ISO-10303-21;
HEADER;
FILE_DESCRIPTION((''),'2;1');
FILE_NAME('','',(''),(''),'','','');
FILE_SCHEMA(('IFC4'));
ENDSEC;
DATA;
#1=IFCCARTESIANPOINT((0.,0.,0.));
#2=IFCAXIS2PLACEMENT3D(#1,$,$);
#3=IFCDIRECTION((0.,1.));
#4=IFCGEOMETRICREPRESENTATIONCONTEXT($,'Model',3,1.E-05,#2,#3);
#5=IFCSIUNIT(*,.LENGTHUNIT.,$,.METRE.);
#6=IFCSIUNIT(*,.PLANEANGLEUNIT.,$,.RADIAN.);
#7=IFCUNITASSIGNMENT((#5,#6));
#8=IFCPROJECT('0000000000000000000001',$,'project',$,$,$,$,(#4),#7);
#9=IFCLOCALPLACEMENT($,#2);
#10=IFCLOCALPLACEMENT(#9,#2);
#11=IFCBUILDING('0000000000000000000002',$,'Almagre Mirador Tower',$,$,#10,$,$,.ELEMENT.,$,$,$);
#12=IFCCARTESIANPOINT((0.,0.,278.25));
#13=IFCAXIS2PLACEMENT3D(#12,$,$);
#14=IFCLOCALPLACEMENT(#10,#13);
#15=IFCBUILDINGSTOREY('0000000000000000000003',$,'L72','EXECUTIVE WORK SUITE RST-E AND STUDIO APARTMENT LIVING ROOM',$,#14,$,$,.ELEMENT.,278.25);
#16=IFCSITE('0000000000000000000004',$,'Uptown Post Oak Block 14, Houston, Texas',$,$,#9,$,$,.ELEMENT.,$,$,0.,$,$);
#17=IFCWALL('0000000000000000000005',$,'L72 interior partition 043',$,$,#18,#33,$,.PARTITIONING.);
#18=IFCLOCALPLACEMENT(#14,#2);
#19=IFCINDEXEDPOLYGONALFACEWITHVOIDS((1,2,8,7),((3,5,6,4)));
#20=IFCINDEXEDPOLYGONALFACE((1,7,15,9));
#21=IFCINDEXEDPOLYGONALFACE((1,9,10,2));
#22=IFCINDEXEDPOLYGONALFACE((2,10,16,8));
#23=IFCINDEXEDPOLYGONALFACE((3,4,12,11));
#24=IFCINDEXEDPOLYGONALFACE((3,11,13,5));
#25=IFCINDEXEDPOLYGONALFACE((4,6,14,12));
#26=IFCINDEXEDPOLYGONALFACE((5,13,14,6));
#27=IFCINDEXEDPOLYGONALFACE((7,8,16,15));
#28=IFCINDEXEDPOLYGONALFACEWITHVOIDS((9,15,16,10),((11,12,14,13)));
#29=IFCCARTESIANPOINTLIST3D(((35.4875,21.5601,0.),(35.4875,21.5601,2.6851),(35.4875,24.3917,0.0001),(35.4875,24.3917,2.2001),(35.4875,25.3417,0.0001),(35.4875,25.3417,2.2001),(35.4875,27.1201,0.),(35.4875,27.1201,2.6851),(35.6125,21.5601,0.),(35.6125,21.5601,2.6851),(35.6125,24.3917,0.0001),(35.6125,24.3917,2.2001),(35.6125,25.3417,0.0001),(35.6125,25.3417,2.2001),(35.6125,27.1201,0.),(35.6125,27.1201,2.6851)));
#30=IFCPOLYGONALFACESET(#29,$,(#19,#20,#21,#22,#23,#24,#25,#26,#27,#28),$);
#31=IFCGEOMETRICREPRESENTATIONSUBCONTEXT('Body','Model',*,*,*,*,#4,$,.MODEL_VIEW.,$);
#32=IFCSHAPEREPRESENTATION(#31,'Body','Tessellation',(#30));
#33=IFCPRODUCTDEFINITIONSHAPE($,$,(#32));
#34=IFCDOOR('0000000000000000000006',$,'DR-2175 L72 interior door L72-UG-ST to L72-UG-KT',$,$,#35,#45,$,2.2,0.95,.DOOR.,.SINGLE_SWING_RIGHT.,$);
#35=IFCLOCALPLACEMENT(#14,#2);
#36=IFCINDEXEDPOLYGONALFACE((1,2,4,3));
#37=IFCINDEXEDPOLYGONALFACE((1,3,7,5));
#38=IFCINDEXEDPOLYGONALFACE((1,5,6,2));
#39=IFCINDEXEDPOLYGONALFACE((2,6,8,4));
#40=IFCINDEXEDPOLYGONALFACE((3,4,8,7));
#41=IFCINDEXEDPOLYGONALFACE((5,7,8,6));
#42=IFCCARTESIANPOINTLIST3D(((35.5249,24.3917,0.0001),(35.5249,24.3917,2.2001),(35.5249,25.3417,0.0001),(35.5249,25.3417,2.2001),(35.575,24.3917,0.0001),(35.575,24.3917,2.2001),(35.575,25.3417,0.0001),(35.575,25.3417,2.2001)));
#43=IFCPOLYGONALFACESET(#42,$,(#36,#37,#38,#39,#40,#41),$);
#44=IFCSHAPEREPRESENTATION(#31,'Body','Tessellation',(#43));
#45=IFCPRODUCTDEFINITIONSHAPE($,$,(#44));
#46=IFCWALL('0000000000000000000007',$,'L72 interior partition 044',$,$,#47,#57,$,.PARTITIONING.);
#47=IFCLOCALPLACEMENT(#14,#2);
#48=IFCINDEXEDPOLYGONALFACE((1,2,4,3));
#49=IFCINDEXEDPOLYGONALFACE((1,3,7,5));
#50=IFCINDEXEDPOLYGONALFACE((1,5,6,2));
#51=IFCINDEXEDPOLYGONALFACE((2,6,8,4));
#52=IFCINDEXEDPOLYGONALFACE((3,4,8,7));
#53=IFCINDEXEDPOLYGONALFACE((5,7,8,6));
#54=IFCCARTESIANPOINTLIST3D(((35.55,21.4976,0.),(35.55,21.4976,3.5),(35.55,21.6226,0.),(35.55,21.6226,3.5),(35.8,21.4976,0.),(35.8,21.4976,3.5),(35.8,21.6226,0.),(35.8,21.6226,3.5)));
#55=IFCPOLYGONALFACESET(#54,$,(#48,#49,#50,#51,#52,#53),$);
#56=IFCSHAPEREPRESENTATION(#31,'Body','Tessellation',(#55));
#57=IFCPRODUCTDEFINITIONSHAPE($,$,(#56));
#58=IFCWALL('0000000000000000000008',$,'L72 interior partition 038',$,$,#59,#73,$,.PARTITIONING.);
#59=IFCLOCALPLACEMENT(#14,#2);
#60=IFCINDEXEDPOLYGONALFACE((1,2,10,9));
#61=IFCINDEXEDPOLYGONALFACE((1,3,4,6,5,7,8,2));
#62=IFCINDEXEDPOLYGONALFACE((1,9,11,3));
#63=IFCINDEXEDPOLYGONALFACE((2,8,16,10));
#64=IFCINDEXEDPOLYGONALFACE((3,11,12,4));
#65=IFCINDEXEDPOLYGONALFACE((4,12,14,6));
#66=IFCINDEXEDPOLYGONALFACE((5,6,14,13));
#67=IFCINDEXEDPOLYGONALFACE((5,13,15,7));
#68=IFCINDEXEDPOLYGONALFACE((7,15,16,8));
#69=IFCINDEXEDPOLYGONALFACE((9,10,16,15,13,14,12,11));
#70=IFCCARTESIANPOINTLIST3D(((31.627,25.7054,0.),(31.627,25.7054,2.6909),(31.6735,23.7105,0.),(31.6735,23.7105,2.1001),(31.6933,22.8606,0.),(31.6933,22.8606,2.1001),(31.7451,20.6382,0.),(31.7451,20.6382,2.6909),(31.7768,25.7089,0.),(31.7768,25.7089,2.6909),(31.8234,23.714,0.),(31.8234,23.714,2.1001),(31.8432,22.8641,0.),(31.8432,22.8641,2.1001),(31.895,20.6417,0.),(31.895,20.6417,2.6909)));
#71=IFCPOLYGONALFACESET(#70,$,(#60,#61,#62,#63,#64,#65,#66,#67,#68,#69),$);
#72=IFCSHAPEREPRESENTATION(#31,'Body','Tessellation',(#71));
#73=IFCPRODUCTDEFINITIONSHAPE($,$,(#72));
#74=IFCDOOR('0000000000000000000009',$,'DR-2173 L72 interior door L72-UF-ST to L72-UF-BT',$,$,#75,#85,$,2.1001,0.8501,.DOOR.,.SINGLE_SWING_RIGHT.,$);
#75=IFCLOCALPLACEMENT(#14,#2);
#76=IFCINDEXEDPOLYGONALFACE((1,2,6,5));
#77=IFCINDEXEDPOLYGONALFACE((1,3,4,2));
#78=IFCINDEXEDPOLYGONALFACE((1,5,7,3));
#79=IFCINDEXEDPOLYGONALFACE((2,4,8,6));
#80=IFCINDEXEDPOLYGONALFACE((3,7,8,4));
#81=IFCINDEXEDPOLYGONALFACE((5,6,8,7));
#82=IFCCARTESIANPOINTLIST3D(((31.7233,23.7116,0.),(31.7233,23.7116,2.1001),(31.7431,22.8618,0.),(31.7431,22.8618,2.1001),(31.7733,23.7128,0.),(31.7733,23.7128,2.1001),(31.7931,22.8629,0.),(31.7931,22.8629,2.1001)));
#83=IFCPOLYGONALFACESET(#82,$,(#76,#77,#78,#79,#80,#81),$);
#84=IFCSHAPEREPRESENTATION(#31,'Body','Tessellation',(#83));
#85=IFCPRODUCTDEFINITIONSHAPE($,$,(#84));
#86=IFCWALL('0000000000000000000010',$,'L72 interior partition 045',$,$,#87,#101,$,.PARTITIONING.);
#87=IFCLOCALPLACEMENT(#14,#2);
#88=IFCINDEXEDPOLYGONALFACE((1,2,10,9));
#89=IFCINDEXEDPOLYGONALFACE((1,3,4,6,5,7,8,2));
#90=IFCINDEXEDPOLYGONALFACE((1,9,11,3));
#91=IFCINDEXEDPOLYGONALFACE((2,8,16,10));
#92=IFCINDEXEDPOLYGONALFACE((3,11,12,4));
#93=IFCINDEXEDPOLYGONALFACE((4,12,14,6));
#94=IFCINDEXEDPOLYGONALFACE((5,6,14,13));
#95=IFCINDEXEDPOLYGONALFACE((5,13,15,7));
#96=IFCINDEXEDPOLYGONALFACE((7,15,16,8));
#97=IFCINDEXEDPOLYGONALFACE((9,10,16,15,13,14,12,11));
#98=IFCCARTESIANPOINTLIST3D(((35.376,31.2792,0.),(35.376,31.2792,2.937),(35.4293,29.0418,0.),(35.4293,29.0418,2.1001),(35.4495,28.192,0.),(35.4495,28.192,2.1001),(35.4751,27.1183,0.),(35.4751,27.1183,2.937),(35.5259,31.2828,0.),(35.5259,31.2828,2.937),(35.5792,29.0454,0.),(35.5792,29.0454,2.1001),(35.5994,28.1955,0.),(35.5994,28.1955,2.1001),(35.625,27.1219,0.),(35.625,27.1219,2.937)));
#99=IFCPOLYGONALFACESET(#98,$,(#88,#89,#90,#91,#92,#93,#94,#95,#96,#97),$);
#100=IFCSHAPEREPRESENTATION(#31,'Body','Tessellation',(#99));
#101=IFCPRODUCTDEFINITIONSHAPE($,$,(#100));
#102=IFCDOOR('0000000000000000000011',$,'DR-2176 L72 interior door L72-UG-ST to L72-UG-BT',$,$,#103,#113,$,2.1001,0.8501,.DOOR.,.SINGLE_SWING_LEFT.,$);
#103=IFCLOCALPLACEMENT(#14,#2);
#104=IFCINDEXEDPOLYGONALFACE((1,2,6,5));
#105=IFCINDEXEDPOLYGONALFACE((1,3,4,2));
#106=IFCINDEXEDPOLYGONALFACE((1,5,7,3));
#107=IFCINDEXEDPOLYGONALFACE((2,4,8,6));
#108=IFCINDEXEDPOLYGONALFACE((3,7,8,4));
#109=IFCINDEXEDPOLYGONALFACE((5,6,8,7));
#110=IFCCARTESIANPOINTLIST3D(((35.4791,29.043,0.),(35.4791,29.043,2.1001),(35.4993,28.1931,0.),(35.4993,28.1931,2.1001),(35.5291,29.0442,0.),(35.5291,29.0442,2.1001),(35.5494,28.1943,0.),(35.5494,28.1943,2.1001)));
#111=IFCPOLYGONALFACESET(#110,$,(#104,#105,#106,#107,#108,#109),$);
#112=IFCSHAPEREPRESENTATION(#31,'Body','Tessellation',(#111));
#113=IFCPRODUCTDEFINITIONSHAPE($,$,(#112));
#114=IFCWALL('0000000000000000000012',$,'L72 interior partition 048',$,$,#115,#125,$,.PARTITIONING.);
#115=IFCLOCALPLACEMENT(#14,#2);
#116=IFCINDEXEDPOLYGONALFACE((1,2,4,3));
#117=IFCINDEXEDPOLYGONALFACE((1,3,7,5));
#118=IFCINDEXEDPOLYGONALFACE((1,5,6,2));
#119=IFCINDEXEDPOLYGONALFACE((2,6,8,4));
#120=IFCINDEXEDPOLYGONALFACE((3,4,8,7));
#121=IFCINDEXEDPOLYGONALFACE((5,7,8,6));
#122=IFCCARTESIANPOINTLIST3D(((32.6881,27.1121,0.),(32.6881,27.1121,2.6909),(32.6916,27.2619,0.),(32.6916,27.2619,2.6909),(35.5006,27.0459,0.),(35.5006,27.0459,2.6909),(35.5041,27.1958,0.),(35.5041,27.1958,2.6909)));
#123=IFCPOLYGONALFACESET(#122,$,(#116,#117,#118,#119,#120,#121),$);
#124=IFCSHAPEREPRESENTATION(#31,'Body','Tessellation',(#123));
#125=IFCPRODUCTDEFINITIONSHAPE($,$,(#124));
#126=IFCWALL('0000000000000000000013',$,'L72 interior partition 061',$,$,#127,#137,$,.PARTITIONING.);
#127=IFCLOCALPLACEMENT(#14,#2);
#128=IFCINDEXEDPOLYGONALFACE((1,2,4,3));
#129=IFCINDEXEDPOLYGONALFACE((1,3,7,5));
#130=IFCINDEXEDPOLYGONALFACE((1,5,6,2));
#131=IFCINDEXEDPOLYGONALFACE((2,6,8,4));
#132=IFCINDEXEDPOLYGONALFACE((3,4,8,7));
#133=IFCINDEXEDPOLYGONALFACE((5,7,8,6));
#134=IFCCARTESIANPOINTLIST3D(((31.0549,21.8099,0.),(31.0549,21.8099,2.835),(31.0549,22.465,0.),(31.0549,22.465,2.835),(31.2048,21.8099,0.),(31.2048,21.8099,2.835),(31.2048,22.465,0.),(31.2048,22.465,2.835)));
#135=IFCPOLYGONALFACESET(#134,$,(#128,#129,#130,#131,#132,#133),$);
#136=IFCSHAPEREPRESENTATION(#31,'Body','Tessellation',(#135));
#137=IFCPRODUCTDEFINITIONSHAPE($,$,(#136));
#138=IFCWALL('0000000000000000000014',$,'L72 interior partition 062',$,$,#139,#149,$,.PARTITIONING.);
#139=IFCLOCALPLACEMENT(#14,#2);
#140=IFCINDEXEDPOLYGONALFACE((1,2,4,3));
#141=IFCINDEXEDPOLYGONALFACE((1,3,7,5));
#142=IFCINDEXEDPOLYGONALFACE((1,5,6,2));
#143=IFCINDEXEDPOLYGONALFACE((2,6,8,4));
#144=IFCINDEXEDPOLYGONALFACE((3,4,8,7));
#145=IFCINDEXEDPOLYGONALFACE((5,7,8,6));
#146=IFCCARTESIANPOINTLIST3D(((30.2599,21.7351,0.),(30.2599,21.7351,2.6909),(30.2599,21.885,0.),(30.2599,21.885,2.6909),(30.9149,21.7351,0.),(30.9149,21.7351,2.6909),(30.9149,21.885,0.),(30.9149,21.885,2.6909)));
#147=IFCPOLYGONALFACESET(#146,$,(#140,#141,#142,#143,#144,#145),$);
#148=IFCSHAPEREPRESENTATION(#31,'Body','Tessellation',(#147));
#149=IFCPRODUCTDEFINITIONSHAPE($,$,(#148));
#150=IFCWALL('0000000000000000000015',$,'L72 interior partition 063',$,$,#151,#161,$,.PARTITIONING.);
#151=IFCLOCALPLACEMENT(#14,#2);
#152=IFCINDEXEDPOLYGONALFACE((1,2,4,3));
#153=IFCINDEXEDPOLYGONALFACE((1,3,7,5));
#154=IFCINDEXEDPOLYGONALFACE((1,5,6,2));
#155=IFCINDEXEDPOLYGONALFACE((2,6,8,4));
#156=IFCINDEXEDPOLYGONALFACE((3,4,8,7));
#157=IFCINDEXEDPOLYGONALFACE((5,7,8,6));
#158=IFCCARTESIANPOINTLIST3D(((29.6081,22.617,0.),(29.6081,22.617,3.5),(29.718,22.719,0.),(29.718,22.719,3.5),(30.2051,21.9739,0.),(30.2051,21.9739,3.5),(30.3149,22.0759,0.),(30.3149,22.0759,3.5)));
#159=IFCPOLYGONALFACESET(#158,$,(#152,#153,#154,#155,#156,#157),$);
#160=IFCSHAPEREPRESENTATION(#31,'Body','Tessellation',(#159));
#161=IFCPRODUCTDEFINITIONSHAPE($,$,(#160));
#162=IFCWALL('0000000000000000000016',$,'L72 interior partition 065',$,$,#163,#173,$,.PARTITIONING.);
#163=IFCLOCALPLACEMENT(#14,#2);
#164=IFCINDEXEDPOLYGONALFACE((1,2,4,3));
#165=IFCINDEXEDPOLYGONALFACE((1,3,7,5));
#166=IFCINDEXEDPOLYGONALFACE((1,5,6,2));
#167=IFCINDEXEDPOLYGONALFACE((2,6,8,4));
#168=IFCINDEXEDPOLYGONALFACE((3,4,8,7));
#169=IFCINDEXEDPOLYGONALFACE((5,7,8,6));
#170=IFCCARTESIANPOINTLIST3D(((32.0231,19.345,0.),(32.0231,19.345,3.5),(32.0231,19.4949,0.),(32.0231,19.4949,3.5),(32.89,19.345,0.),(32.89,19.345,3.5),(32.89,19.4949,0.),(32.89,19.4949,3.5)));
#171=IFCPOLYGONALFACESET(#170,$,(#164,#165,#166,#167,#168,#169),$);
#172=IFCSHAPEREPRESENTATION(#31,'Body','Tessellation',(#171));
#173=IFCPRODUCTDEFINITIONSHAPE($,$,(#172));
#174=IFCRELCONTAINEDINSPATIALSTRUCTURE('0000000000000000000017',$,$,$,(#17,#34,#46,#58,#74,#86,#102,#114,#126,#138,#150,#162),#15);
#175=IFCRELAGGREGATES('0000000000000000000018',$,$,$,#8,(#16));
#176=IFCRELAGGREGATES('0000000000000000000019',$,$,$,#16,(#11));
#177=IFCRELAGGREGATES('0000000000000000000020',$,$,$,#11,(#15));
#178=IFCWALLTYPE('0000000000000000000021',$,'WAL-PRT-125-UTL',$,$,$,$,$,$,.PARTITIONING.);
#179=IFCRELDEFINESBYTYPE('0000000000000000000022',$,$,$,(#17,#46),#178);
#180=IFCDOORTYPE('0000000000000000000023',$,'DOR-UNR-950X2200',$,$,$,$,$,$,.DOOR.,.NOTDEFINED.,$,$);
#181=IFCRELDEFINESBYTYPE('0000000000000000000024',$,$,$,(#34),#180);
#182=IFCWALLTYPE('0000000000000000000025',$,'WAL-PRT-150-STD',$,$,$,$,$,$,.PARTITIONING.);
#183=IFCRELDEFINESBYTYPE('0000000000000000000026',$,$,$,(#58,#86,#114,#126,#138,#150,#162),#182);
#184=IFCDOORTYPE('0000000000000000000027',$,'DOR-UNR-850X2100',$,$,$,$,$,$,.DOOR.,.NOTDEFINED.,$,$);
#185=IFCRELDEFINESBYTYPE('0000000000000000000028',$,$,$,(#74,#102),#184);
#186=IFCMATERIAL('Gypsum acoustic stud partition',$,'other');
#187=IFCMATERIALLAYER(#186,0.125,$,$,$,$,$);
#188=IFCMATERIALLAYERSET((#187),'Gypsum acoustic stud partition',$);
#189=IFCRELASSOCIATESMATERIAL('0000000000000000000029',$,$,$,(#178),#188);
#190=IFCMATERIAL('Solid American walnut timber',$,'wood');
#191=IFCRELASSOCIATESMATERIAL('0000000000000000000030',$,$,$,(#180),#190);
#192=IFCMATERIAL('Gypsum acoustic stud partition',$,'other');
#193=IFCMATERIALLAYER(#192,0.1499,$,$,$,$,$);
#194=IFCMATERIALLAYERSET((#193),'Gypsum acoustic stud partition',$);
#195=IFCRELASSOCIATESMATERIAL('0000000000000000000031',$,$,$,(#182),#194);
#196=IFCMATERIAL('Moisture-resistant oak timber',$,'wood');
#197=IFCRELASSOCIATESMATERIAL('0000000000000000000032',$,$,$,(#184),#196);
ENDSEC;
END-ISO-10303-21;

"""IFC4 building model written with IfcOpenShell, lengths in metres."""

from ifc_helpers import new_model, si_unit, direction, frame, frame_2d, origin, place, context, subcontext, project, spatial, rectangle, extrude, material, layer, layer_set, type_object, element, fill, save


model = new_model("IFC4")

# Units and contexts
model_context = context("Model", 3, precision=1e-05, world=origin(), true_north=direction((0.0, 1.0)))
body_context = subcontext(model_context, "Body", "Model", "MODEL_VIEW")
ifc_project = project(units=[si_unit("LENGTHUNIT", "METRE"), si_unit("PLANEANGLEUNIT", "RADIAN")], contexts=[model_context])

# Site, building, storey
site_placement = place(None, origin())
site = spatial("IfcSite", under=ifc_project, at=site_placement, Name="Uptown Post Oak Block 14, Houston, Texas", CompositionType="ELEMENT", RefElevation=0.0)
building_placement = place(site_placement, origin())
building = spatial("IfcBuilding", under=site, at=building_placement, Name="Almagre Mirador Tower", CompositionType="ELEMENT")
storey_placement = place(building_placement, frame((0.0, 0.0, 278.25)))
storey = spatial("IfcBuildingStorey", under=building, at=storey_placement, Name="L72", Description="EXECUTIVE WORK SUITE RST-E AND STUDIO APARTMENT LIVING ROOM", CompositionType="ELEMENT", Elevation=278.25)

# Shared definitions
ifc_material_1 = material(Name="Gypsum acoustic stud partition", Category="other")
ifc_layer_1 = layer(ifc_material_1, 0.125)
ifc_layer_set_1 = layer_set([ifc_layer_1], Name="Gypsum acoustic stud partition")
wall_type_1 = type_object("IfcWallType", Name="WAL-PRT-125-UTL", PredefinedType="PARTITIONING", material=ifc_layer_set_1)

# Wall, opening, door
wall_1_placement = place(storey_placement, frame((35.55, 27.1201, 0.0), z_axis=(0.0, 0.0, 1.0), x_axis=(0.0, -1.0, 0.0)))
wall_1 = element("IfcWall", 1, at=wall_1_placement, inside=storey, type_object=wall_type_1, Name="L72 interior partition 043", PredefinedType="PARTITIONING", context=body_context, shape_type="SweptSolid", body=[
    extrude(rectangle(XDim=5.5601, YDim=0.125, at=frame_2d((2.78, 0.0))), origin(), (0.0, 0.0, 1.0), 2.6851),
])
opening_1_placement = place(wall_1_placement, frame((1.7783, 0.0, 0.0)))
opening_1 = element("IfcOpeningElement", 2, at=opening_1_placement, cuts=wall_1, PredefinedType="OPENING", context=body_context, shape_type="SweptSolid", body=[
    extrude(rectangle(XDim=0.95, YDim=2.2, at=frame_2d((0.4751, 1.1001))), frame((0.0, 0.0725, 0.0), z_axis=(0.0, -1.0, 0.0), x_axis=(1.0, 0.0, 0.0)), (0.0, 0.0, 1.0), 0.145),
])
ifc_material_2 = material(Name="Solid American walnut timber", Category="wood")
door_type_1 = type_object("IfcDoorType", Name="DOR-UNR-950X2200", OperationType="NOTDEFINED", PredefinedType="DOOR", material=ifc_material_2)
door_1_placement = place(opening_1_placement, origin())
door_1 = element("IfcDoor", 3, at=door_1_placement, inside=storey, type_object=door_type_1, Name="DR-2175 L72 interior door L72-UG-ST to L72-UG-KT", OperationType="SINGLE_SWING_RIGHT", OverallHeight=2.2, OverallWidth=0.95, PredefinedType="DOOR", context=body_context, shape_type="SweptSolid", body=[
    extrude(rectangle(XDim=0.95, YDim=2.2, at=frame_2d((0.4751, 1.1001))), frame((0.0, 0.0249, 0.0), z_axis=(0.0, -1.0, 0.0), x_axis=(1.0, 0.0, 0.0)), (0.0, 0.0, 1.0), 0.05),
])
fill(opening_1, door_1)

# Wall
wall_2_placement = place(storey_placement, frame((35.55, 21.5601, 0.0), z_axis=(0.0, 0.0, 1.0), x_axis=(1.0, 0.0, 0.0)))
element("IfcWall", 4, at=wall_2_placement, inside=storey, type_object=wall_type_1, Name="L72 interior partition 044", PredefinedType="PARTITIONING", context=body_context, shape_type="SweptSolid", body=[
    extrude(rectangle(XDim=0.25, YDim=0.125, at=frame_2d((0.125, 0.0))), origin(), (0.0, 0.0, 1.0), 3.5),
])

# Walls, openings, doors
ifc_material_3 = material(Name="Gypsum acoustic stud partition", Category="other")
ifc_layer_2 = layer(ifc_material_3, 0.1499)
ifc_layer_set_2 = layer_set([ifc_layer_2], Name="Gypsum acoustic stud partition")
wall_type_2 = type_object("IfcWallType", Name="WAL-PRT-150-STD", PredefinedType="PARTITIONING", material=ifc_layer_set_2)
wall_3_placement = place(storey_placement, frame((31.7019, 25.707, 0.0), z_axis=(0.0, 0.0, 1.0), x_axis=(0.023313, -0.999728, 0.0)))
wall_3 = element("IfcWall", 5, at=wall_3_placement, inside=storey, type_object=wall_type_2, Name="L72 interior partition 038", PredefinedType="PARTITIONING", context=body_context, shape_type="SweptSolid", body=[
    extrude(rectangle(XDim=5.0686, YDim=0.1499, at=frame_2d((2.5342, 0.0))), origin(), (0.0, 0.0, 1.0), 2.6909),
])
opening_2_placement = place(wall_3_placement, frame((1.9954, 0.0, 0.0)))
opening_2 = element("IfcOpeningElement", 6, at=opening_2_placement, cuts=wall_3, PredefinedType="OPENING", context=body_context, shape_type="SweptSolid", body=[
    extrude(rectangle(XDim=0.8501, YDim=2.1001, at=frame_2d((0.425, 1.05))), frame((0.0, 0.085, 0.0), z_axis=(0.0, -1.0, 0.0), x_axis=(1.0, 0.0, 0.0)), (0.0, 0.0, 1.0), 0.1699),
])
ifc_material_4 = material(Name="Moisture-resistant oak timber", Category="wood")
door_type_2 = type_object("IfcDoorType", Name="DOR-UNR-850X2100", OperationType="NOTDEFINED", PredefinedType="DOOR", material=ifc_material_4)
door_2_placement = place(opening_2_placement, origin())
door_2 = element("IfcDoor", 7, at=door_2_placement, inside=storey, type_object=door_type_2, Name="DR-2173 L72 interior door L72-UF-ST to L72-UF-BT", OperationType="SINGLE_SWING_RIGHT", OverallHeight=2.1001, OverallWidth=0.8501, PredefinedType="DOOR", context=body_context, shape_type="SweptSolid", body=[
    extrude(rectangle(XDim=0.8501, YDim=2.1001, at=frame_2d((0.425, 1.05))), frame((0.0, 0.0249, 0.0), z_axis=(0.0, -1.0, 0.0), x_axis=(1.0, 0.0, 0.0)), (0.0, 0.0, 1.0), 0.05),
])
fill(opening_2, door_2)
wall_4_placement = place(storey_placement, frame((35.4509, 31.281, 0.0), z_axis=(0.0, 0.0, 1.0), x_axis=(0.023815, -0.999716, 0.0)))
wall_4 = element("IfcWall", 8, at=wall_4_placement, inside=storey, type_object=wall_type_2, Name="L72 interior partition 045", PredefinedType="PARTITIONING", context=body_context, shape_type="SweptSolid", body=[
    extrude(rectangle(XDim=4.1621, YDim=0.1499, at=frame_2d((2.0811, 0.0))), origin(), (0.0, 0.0, 1.0), 2.937),
])
opening_3_placement = place(wall_4_placement, frame((2.238, 0.0, 0.0)))
opening_3 = element("IfcOpeningElement", 9, at=opening_3_placement, cuts=wall_4, PredefinedType="OPENING", context=body_context, shape_type="SweptSolid", body=[
    extrude(rectangle(XDim=0.8501, YDim=2.1001, at=frame_2d((0.425, 1.05))), frame((0.0, 0.085, 0.0), z_axis=(0.0, -1.0, 0.0), x_axis=(1.0, 0.0, 0.0)), (0.0, 0.0, 1.0), 0.1699),
])
door_3_placement = place(opening_3_placement, origin())
door_3 = element("IfcDoor", 10, at=door_3_placement, inside=storey, type_object=door_type_2, Name="DR-2176 L72 interior door L72-UG-ST to L72-UG-BT", OperationType="SINGLE_SWING_LEFT", OverallHeight=2.1001, OverallWidth=0.8501, PredefinedType="DOOR", context=body_context, shape_type="SweptSolid", body=[
    extrude(rectangle(XDim=0.8501, YDim=2.1001, at=frame_2d((0.425, 1.05))), frame((0.0, 0.0249, 0.0), z_axis=(0.0, -1.0, 0.0), x_axis=(1.0, 0.0, 0.0)), (0.0, 0.0, 1.0), 0.05),
])
fill(opening_3, door_3)

# Walls
wall_5_placement = place(storey_placement, frame((35.5024, 27.1208, 0.0), z_axis=(0.0, 0.0, 1.0), x_axis=(-0.999723, 0.023518, 0.0)))
element("IfcWall", 11, at=wall_5_placement, inside=storey, type_object=wall_type_2, Name="L72 interior partition 048", PredefinedType="PARTITIONING", context=body_context, shape_type="SweptSolid", body=[
    extrude(rectangle(XDim=2.8132, YDim=0.1499, at=frame_2d((1.4067, 0.0))), origin(), (0.0, 0.0, 1.0), 2.6909),
])
wall_6_placement = place(storey_placement, frame((31.1299, 22.4651, 0.0), z_axis=(0.0, 0.0, 1.0), x_axis=(0.0, -1.0, 0.0)))
element("IfcWall", 12, at=wall_6_placement, inside=storey, type_object=wall_type_2, Name="L72 interior partition 061", PredefinedType="PARTITIONING", context=body_context, shape_type="SweptSolid", body=[
    extrude(rectangle(XDim=0.655, YDim=0.1499, at=frame_2d((0.3276, 0.0))), origin(), (0.0, 0.0, 1.0), 2.835),
])
wall_7_placement = place(storey_placement, frame((30.915, 21.8101, 0.0), z_axis=(0.0, 0.0, 1.0), x_axis=(-1.0, 0.0, 0.0)))
element("IfcWall", 13, at=wall_7_placement, inside=storey, type_object=wall_type_2, Name="L72 interior partition 062", PredefinedType="PARTITIONING", context=body_context, shape_type="SweptSolid", body=[
    extrude(rectangle(XDim=0.655, YDim=0.1499, at=frame_2d((0.3276, 0.0))), origin(), (0.0, 0.0, 1.0), 2.6909),
])
wall_8_placement = place(storey_placement, frame((30.26, 22.0249, 0.0), z_axis=(0.0, 0.0, 1.0), x_axis=(-0.680323, 0.732912, 0.0)))
element("IfcWall", 14, at=wall_8_placement, inside=storey, type_object=wall_type_2, Name="L72 interior partition 063", PredefinedType="PARTITIONING", context=body_context, shape_type="SweptSolid", body=[
    extrude(rectangle(XDim=0.8774, YDim=0.1499, at=frame_2d((0.4387, 0.0))), origin(), (0.0, 0.0, 1.0), 3.5),
])
wall_9_placement = place(storey_placement, frame((32.0229, 19.4199, 0.0), z_axis=(0.0, 0.0, 1.0), x_axis=(1.0, 0.0, 0.0)))
element("IfcWall", 15, at=wall_9_placement, inside=storey, type_object=wall_type_2, Name="L72 interior partition 065", PredefinedType="PARTITIONING", context=body_context, shape_type="SweptSolid", body=[
    extrude(rectangle(XDim=0.8669, YDim=0.1499, at=frame_2d((0.4336, 0.0))), origin(), (0.0, 0.0, 1.0), 3.5),
])

save(model, "model.ifc")
